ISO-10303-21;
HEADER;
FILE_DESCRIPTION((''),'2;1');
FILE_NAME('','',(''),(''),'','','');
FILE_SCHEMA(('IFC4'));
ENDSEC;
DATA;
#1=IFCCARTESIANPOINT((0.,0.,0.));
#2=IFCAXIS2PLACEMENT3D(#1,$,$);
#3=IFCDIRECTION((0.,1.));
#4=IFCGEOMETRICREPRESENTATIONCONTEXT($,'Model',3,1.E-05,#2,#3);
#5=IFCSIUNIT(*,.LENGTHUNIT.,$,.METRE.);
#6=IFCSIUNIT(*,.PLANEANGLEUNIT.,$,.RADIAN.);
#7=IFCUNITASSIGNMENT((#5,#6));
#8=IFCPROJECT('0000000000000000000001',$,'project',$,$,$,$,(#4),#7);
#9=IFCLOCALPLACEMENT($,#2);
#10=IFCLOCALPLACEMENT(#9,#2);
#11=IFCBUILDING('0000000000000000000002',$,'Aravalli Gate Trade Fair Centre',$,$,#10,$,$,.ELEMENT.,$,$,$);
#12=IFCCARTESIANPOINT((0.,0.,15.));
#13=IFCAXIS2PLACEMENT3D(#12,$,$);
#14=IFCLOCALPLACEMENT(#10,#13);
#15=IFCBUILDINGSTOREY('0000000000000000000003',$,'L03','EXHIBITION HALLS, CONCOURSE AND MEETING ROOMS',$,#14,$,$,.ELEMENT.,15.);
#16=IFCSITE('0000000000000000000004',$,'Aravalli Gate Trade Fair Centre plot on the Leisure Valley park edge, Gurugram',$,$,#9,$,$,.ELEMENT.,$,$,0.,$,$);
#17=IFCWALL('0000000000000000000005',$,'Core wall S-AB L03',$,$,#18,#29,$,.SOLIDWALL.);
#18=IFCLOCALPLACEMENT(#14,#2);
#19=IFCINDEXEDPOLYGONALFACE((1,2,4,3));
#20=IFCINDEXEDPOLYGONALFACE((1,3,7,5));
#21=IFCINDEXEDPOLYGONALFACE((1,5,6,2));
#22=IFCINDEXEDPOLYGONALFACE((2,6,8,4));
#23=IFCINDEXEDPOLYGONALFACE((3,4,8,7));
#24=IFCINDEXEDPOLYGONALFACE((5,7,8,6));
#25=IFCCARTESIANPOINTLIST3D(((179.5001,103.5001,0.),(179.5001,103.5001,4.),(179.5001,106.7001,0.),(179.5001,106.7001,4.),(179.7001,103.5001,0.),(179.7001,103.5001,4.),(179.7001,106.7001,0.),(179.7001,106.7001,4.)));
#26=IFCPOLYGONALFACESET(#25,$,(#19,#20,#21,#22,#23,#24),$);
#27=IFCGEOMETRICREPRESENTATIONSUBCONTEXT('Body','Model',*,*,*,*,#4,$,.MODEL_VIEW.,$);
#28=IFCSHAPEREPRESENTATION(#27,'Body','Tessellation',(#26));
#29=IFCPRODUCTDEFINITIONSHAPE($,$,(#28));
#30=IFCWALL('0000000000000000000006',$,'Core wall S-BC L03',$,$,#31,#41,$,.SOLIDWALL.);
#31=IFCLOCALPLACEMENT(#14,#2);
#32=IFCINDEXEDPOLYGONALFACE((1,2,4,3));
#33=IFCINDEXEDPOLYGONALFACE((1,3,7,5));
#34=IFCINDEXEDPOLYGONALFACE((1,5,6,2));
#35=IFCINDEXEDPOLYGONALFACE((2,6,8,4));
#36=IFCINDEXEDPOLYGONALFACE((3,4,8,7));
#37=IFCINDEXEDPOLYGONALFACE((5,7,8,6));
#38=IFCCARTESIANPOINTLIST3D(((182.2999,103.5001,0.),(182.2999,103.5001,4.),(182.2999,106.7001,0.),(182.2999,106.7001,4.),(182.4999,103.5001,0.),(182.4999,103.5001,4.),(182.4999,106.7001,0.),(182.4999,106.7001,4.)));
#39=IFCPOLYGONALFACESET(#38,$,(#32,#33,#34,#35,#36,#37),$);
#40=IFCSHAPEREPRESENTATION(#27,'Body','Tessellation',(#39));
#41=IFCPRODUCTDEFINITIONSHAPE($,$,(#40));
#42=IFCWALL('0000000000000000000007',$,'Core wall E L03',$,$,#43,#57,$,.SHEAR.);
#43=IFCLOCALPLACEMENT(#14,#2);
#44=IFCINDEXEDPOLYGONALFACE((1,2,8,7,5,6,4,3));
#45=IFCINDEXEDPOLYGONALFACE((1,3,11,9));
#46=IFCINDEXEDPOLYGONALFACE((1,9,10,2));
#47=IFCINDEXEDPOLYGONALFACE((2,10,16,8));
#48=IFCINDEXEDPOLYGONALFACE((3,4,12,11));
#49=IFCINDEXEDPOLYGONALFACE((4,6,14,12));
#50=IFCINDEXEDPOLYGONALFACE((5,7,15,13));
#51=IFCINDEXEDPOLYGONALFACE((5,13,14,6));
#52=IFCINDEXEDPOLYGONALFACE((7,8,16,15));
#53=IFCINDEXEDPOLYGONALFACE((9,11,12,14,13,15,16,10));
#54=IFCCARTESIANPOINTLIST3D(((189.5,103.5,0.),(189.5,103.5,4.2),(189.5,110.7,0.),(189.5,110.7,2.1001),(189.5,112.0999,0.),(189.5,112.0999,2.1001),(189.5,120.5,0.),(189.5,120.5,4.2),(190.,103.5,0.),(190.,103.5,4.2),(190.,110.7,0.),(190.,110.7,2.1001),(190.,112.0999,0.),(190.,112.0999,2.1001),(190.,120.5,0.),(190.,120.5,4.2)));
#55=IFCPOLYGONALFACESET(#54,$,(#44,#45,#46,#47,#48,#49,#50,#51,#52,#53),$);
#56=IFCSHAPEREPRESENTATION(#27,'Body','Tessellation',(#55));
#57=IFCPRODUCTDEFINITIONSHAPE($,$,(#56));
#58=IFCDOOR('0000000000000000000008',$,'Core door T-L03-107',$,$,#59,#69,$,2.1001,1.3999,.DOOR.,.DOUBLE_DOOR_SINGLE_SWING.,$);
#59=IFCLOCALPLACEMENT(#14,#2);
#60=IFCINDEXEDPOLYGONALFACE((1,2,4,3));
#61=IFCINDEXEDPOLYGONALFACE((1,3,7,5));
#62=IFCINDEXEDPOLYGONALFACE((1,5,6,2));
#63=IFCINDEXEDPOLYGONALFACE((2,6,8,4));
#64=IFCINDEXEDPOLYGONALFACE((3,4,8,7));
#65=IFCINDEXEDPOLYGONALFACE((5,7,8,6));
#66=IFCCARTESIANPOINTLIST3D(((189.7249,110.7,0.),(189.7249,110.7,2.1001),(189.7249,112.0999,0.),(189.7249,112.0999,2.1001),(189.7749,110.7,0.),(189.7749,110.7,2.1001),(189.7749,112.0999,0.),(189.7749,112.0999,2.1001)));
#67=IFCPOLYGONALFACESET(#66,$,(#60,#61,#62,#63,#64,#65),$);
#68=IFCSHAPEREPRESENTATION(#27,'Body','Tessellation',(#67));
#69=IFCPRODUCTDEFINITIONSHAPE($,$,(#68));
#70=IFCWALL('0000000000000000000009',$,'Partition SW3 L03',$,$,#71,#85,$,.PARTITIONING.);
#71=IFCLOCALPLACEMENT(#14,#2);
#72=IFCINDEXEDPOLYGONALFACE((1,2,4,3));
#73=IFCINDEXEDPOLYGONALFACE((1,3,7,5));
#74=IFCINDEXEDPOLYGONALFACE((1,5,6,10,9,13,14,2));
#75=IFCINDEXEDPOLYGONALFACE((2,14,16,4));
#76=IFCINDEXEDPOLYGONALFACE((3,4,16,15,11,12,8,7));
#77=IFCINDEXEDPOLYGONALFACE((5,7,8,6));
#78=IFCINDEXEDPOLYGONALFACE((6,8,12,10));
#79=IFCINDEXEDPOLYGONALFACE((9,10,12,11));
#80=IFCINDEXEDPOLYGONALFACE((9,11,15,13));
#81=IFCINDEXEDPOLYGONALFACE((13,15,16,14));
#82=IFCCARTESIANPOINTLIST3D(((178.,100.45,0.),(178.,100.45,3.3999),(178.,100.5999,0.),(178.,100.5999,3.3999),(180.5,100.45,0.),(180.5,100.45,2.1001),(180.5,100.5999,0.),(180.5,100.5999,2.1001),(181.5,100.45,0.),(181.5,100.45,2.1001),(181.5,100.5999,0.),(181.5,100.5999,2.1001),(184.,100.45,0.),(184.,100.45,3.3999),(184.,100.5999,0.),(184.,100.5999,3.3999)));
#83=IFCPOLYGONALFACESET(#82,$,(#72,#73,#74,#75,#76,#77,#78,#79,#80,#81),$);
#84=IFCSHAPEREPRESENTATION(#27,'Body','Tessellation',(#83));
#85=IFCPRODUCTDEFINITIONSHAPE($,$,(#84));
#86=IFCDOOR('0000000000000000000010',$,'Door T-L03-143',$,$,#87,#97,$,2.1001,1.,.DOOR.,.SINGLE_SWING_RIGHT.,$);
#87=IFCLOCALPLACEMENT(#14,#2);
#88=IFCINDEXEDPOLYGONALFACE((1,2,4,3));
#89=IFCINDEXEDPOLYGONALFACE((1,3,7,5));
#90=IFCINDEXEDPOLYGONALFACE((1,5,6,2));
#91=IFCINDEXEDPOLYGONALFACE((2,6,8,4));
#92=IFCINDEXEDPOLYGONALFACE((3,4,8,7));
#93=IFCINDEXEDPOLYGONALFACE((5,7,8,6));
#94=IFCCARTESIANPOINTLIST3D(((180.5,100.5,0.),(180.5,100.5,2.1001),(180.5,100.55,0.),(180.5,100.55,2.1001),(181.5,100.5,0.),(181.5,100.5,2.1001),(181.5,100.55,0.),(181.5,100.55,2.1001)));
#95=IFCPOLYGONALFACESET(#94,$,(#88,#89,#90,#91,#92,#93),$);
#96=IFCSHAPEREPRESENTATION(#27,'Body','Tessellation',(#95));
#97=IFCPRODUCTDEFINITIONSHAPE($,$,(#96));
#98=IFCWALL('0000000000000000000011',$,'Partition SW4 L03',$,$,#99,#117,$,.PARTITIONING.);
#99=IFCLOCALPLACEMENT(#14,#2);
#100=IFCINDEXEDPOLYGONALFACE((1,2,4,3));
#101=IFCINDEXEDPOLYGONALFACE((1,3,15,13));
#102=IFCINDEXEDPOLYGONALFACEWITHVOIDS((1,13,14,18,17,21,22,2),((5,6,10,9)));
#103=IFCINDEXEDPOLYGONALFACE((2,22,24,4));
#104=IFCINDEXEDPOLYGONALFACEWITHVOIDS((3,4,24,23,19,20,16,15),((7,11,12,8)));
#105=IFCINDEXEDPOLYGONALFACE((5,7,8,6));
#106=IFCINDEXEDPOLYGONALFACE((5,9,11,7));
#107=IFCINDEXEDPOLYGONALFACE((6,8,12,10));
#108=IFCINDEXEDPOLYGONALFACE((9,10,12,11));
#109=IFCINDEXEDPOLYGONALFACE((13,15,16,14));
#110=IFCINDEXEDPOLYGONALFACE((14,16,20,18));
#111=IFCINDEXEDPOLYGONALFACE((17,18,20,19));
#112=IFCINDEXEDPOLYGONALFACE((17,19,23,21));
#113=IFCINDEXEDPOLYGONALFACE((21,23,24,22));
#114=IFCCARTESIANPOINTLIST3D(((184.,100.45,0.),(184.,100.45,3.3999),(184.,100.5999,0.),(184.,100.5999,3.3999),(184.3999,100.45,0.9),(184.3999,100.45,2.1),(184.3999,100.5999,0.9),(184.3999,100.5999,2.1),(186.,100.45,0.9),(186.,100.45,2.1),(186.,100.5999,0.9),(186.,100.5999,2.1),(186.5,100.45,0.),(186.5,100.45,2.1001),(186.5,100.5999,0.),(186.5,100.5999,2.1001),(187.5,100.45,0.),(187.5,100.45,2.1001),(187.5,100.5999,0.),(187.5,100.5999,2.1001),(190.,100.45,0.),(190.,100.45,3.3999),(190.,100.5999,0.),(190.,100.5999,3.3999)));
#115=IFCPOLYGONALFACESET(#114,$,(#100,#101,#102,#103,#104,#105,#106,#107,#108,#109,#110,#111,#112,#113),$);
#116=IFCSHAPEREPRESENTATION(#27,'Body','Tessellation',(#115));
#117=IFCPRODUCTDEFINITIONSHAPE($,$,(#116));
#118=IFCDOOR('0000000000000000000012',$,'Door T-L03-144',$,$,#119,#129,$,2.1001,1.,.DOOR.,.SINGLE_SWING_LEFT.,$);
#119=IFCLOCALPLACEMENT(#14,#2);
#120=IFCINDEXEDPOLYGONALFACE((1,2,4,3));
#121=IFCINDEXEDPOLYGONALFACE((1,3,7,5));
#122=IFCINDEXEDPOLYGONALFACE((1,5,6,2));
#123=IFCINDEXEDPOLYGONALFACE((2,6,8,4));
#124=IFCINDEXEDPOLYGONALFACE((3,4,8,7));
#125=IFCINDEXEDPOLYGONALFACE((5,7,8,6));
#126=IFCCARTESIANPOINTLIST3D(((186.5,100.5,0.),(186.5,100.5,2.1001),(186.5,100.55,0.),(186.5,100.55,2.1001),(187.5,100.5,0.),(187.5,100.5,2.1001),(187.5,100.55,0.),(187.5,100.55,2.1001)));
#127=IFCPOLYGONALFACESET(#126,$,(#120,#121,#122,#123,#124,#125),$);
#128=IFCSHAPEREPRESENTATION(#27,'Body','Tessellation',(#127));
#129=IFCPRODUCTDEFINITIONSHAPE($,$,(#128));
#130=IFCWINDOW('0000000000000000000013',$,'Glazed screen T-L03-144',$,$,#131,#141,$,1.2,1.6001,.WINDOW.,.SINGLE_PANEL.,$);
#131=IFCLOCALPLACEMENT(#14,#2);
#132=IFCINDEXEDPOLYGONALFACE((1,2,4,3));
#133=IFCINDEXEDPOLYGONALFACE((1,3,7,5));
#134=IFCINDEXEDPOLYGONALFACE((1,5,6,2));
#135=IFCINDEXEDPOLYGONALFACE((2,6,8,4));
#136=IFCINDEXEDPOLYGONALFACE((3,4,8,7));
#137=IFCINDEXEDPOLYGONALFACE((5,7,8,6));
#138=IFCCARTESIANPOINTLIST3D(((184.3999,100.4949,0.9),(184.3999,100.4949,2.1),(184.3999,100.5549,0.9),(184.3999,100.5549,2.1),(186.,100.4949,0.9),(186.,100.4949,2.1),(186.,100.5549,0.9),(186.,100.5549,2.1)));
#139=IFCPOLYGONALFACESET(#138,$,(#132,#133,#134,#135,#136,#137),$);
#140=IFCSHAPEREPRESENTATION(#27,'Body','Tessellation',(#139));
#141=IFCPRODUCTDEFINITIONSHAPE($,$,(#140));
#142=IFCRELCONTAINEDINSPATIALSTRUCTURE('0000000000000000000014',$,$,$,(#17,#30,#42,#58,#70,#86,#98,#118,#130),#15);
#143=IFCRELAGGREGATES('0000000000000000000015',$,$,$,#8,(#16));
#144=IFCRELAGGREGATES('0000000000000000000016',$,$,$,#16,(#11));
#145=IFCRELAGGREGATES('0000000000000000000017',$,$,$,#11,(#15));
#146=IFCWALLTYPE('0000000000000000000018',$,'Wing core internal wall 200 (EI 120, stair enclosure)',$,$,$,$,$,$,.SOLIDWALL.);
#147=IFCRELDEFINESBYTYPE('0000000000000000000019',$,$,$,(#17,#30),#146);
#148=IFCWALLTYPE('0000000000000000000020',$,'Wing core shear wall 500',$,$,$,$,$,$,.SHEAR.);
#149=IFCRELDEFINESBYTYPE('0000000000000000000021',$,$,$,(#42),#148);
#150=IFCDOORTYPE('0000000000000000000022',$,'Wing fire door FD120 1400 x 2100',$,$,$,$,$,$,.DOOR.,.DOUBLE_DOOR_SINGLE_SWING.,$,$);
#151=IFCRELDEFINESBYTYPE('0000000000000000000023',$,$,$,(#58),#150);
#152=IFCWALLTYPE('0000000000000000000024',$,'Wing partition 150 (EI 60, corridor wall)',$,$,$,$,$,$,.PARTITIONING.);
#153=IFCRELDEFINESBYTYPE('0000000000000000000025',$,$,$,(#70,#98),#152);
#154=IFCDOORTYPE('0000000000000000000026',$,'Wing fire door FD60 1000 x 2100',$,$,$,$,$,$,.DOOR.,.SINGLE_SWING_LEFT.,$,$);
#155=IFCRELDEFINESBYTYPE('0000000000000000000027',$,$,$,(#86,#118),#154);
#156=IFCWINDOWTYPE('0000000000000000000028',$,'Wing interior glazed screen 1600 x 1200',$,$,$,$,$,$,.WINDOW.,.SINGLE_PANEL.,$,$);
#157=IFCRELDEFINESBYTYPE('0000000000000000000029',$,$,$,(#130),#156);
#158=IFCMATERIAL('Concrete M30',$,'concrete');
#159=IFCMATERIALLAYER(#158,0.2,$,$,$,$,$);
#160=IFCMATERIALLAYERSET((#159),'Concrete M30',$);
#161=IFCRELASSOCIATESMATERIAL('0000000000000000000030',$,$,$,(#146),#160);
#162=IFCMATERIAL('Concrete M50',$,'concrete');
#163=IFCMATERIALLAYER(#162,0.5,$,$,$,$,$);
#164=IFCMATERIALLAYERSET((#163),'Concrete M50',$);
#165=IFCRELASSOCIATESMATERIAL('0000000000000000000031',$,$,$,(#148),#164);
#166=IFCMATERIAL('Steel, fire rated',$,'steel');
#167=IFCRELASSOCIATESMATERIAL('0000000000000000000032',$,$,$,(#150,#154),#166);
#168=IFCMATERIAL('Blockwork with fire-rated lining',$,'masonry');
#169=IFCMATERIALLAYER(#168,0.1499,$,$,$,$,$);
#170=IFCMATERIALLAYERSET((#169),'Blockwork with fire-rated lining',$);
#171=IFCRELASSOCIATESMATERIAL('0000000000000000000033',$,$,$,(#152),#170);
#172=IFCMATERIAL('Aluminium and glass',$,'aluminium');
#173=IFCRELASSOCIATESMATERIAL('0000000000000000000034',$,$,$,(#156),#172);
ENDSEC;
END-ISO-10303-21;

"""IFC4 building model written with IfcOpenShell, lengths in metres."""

from ifc_helpers import new_model, si_unit, direction, frame, frame_2d, origin, place, context, subcontext, project, spatial, rectangle, extrude, material, layer, layer_set, type_object, element, fill, save


model = new_model("IFC4")

# Units and contexts
model_context = context("Model", 3, precision=1e-05, world=origin(), true_north=direction((0.0, 1.0)))
body_context = subcontext(model_context, "Body", "Model", "MODEL_VIEW")
ifc_project = project(units=[si_unit("LENGTHUNIT", "METRE"), si_unit("PLANEANGLEUNIT", "RADIAN")], contexts=[model_context])

# Site, building, storey
site_placement = place(None, origin())
site = spatial("IfcSite", under=ifc_project, at=site_placement, Name="Aravalli Gate Trade Fair Centre plot on the Leisure Valley park edge, Gurugram", CompositionType="ELEMENT", RefElevation=0.0)
building_placement = place(site_placement, origin())
building = spatial("IfcBuilding", under=site, at=building_placement, Name="Aravalli Gate Trade Fair Centre", CompositionType="ELEMENT")
storey_placement = place(building_placement, frame((0.0, 0.0, 15.0)))
storey = spatial("IfcBuildingStorey", under=building, at=storey_placement, Name="L03", Description="EXHIBITION HALLS, CONCOURSE AND MEETING ROOMS", CompositionType="ELEMENT", Elevation=15.0)

# Walls
ifc_material_1 = material(Name="Concrete M30", Category="concrete")
ifc_layer_1 = layer(ifc_material_1, 0.2)
ifc_layer_set_1 = layer_set([ifc_layer_1], Name="Concrete M30")
wall_type_1 = type_object("IfcWallType", Name="Wing core internal wall 200 (EI 120, stair enclosure)", PredefinedType="SOLIDWALL", material=ifc_layer_set_1)
for number, where, z_axis, x_axis, name in (
    (1, (179.6001, 103.5, 0.0), (0.0, 0.0, 1.0), (0.0, 1.0, 0.0), "Core wall S-AB L03"),
    (2, (182.3999, 103.5, 0.0), (0.0, 0.0, 1.0), (0.0, 1.0, 0.0), "Core wall S-BC L03"),
):
    element("IfcWall", number, at=place(storey_placement, frame(where, z_axis=z_axis, x_axis=x_axis)), inside=storey, type_object=wall_type_1, Name=name, PredefinedType="SOLIDWALL", context=body_context, shape_type="SweptSolid", body=[
        extrude(rectangle(XDim=3.2, YDim=0.2, at=frame_2d((1.6001, 0.0))), origin(), (0.0, 0.0, 1.0), 4.0),
    ])

# Walls, openings, doors
ifc_material_2 = material(Name="Concrete M50", Category="concrete")
ifc_layer_2 = layer(ifc_material_2, 0.5)
ifc_layer_set_2 = layer_set([ifc_layer_2], Name="Concrete M50")
wall_type_2 = type_object("IfcWallType", Name="Wing core shear wall 500", PredefinedType="SHEAR", material=ifc_layer_set_2)
wall_1_placement = place(storey_placement, frame((189.75, 103.5, 0.0), z_axis=(0.0, 0.0, 1.0), x_axis=(0.0, 1.0, 0.0)))
wall_1 = element("IfcWall", 3, at=wall_1_placement, inside=storey, type_object=wall_type_2, Name="Core wall E L03", PredefinedType="SHEAR", context=body_context, shape_type="SweptSolid", body=[
    extrude(rectangle(XDim=17.0, YDim=0.5, at=frame_2d((8.5, 0.0))), origin(), (0.0, 0.0, 1.0), 4.2),
])
opening_1_placement = place(wall_1_placement, frame((7.2, 0.0, 0.0)))
opening_1 = element("IfcOpeningElement", 4, at=opening_1_placement, cuts=wall_1, PredefinedType="OPENING", context=body_context, shape_type="SweptSolid", body=[
    extrude(rectangle(XDim=1.3999, YDim=2.1001, at=frame_2d((0.7, 1.05))), frame((0.0, 0.26, 0.0), z_axis=(0.0, -1.0, 0.0), x_axis=(1.0, 0.0, 0.0)), (0.0, 0.0, 1.0), 0.52),
])
ifc_material_3 = material(Name="Steel, fire rated", Category="steel")
door_type_1 = type_object("IfcDoorType", Name="Wing fire door FD120 1400 x 2100", OperationType="DOUBLE_DOOR_SINGLE_SWING", PredefinedType="DOOR", material=ifc_material_3)
door_1_placement = place(opening_1_placement, frame((1.3999, 0.0, 0.0), z_axis=(0.0, 0.0, 1.0), x_axis=(-1.0, 0.0, 0.0)))
door_1 = element("IfcDoor", 5, at=door_1_placement, inside=storey, type_object=door_type_1, Name="Core door T-L03-107", OperationType="DOUBLE_DOOR_SINGLE_SWING", OverallHeight=2.1001, OverallWidth=1.3999, PredefinedType="DOOR", context=body_context, shape_type="SweptSolid", body=[
    extrude(rectangle(XDim=1.3999, YDim=2.1001, at=frame_2d((0.7, 1.05))), frame((0.0, 0.0249, 0.0), z_axis=(0.0, -1.0, 0.0), x_axis=(1.0, 0.0, 0.0)), (0.0, 0.0, 1.0), 0.05),
])
fill(opening_1, door_1)
ifc_material_4 = material(Name="Blockwork with fire-rated lining", Category="masonry")
ifc_layer_3 = layer(ifc_material_4, 0.1499)
ifc_layer_set_3 = layer_set([ifc_layer_3], Name="Blockwork with fire-rated lining")
wall_type_3 = type_object("IfcWallType", Name="Wing partition 150 (EI 60, corridor wall)", PredefinedType="PARTITIONING", material=ifc_layer_set_3)
wall_2_placement = place(storey_placement, frame((178.0, 100.5249, 0.0), z_axis=(0.0, 0.0, 1.0), x_axis=(1.0, 0.0, 0.0)))
wall_2 = element("IfcWall", 6, at=wall_2_placement, inside=storey, type_object=wall_type_3, Name="Partition SW3 L03", PredefinedType="PARTITIONING", context=body_context, shape_type="SweptSolid", body=[
    extrude(rectangle(XDim=6.0, YDim=0.1499, at=frame_2d((3.0, 0.0))), origin(), (0.0, 0.0, 1.0), 3.3999),
])
opening_2_placement = place(wall_2_placement, frame((2.5, 0.0, 0.0)))
opening_2 = element("IfcOpeningElement", 7, at=opening_2_placement, cuts=wall_2, PredefinedType="OPENING", context=body_context, shape_type="SweptSolid", body=[
    extrude(rectangle(XDim=1.0, YDim=2.1001, at=frame_2d((0.5, 1.05))), frame((0.0, 0.085, 0.0), z_axis=(0.0, -1.0, 0.0), x_axis=(1.0, 0.0, 0.0)), (0.0, 0.0, 1.0), 0.1699),
])
door_type_2 = type_object("IfcDoorType", Name="Wing fire door FD60 1000 x 2100", OperationType="SINGLE_SWING_LEFT", PredefinedType="DOOR", material=ifc_material_3)
door_2_placement = place(opening_2_placement, frame((1.0, 0.0, 0.0), z_axis=(0.0, 0.0, 1.0), x_axis=(-1.0, 0.0, 0.0)))
door_2 = element("IfcDoor", 8, at=door_2_placement, inside=storey, type_object=door_type_2, Name="Door T-L03-143", OperationType="SINGLE_SWING_RIGHT", OverallHeight=2.1001, OverallWidth=1.0, PredefinedType="DOOR", context=body_context, shape_type="SweptSolid", body=[
    extrude(rectangle(XDim=1.0, YDim=2.1001, at=frame_2d((0.5, 1.05))), frame((0.0, 0.0249, 0.0), z_axis=(0.0, -1.0, 0.0), x_axis=(1.0, 0.0, 0.0)), (0.0, 0.0, 1.0), 0.05),
])
fill(opening_2, door_2)

# Wall, openings, door, window
wall_3_placement = place(storey_placement, frame((184.0, 100.5249, 0.0), z_axis=(0.0, 0.0, 1.0), x_axis=(1.0, 0.0, 0.0)))
wall_3 = element("IfcWall", 9, at=wall_3_placement, inside=storey, type_object=wall_type_3, Name="Partition SW4 L03", PredefinedType="PARTITIONING", context=body_context, shape_type="SweptSolid", body=[
    extrude(rectangle(XDim=6.0, YDim=0.1499, at=frame_2d((3.0, 0.0))), origin(), (0.0, 0.0, 1.0), 3.3999),
])
opening_3_placement = place(wall_3_placement, frame((0.3999, 0.0, 0.8999)))
opening_3 = element("IfcOpeningElement", 10, at=opening_3_placement, cuts=wall_3, PredefinedType="OPENING", context=body_context, shape_type="SweptSolid", body=[
    extrude(rectangle(XDim=1.6001, YDim=1.2, at=frame_2d((0.8, 0.6001))), frame((0.0, 0.085, 0.0), z_axis=(0.0, -1.0, 0.0), x_axis=(1.0, 0.0, 0.0)), (0.0, 0.0, 1.0), 0.1699),
])
opening_4_placement = place(wall_3_placement, frame((2.5, 0.0, 0.0)))
opening_4 = element("IfcOpeningElement", 11, at=opening_4_placement, cuts=wall_3, PredefinedType="OPENING", context=body_context, shape_type="SweptSolid", body=[
    extrude(rectangle(XDim=1.0, YDim=2.1001, at=frame_2d((0.5, 1.05))), frame((0.0, 0.085, 0.0), z_axis=(0.0, -1.0, 0.0), x_axis=(1.0, 0.0, 0.0)), (0.0, 0.0, 1.0), 0.1699),
])
door_3_placement = place(opening_4_placement, frame((1.0, 0.0, 0.0), z_axis=(0.0, 0.0, 1.0), x_axis=(-1.0, 0.0, 0.0)))
door_3 = element("IfcDoor", 12, at=door_3_placement, inside=storey, type_object=door_type_2, Name="Door T-L03-144", OperationType="SINGLE_SWING_LEFT", OverallHeight=2.1001, OverallWidth=1.0, PredefinedType="DOOR", context=body_context, shape_type="SweptSolid", body=[
    extrude(rectangle(XDim=1.0, YDim=2.1001, at=frame_2d((0.5, 1.05))), frame((0.0, 0.0249, 0.0), z_axis=(0.0, -1.0, 0.0), x_axis=(1.0, 0.0, 0.0)), (0.0, 0.0, 1.0), 0.05),
])
fill(opening_4, door_3)
ifc_material_5 = material(Name="Aluminium and glass", Category="aluminium")
window_type = type_object("IfcWindowType", Name="Wing interior glazed screen 1600 x 1200", PartitioningType="SINGLE_PANEL", PredefinedType="WINDOW", material=ifc_material_5)
window_placement = place(opening_3_placement, origin())
window = element("IfcWindow", 13, at=window_placement, inside=storey, type_object=window_type, Name="Glazed screen T-L03-144", OverallHeight=1.2, OverallWidth=1.6001, PartitioningType="SINGLE_PANEL", PredefinedType="WINDOW", context=body_context, shape_type="SweptSolid", body=[
    extrude(rectangle(XDim=1.6001, YDim=1.2, at=frame_2d((0.8, 0.6001))), frame((0.0, 0.03, 0.0), z_axis=(0.0, -1.0, 0.0), x_axis=(1.0, 0.0, 0.0)), (0.0, 0.0, 1.0), 0.0601),
])
fill(opening_3, window)

save(model, "model.ifc")
